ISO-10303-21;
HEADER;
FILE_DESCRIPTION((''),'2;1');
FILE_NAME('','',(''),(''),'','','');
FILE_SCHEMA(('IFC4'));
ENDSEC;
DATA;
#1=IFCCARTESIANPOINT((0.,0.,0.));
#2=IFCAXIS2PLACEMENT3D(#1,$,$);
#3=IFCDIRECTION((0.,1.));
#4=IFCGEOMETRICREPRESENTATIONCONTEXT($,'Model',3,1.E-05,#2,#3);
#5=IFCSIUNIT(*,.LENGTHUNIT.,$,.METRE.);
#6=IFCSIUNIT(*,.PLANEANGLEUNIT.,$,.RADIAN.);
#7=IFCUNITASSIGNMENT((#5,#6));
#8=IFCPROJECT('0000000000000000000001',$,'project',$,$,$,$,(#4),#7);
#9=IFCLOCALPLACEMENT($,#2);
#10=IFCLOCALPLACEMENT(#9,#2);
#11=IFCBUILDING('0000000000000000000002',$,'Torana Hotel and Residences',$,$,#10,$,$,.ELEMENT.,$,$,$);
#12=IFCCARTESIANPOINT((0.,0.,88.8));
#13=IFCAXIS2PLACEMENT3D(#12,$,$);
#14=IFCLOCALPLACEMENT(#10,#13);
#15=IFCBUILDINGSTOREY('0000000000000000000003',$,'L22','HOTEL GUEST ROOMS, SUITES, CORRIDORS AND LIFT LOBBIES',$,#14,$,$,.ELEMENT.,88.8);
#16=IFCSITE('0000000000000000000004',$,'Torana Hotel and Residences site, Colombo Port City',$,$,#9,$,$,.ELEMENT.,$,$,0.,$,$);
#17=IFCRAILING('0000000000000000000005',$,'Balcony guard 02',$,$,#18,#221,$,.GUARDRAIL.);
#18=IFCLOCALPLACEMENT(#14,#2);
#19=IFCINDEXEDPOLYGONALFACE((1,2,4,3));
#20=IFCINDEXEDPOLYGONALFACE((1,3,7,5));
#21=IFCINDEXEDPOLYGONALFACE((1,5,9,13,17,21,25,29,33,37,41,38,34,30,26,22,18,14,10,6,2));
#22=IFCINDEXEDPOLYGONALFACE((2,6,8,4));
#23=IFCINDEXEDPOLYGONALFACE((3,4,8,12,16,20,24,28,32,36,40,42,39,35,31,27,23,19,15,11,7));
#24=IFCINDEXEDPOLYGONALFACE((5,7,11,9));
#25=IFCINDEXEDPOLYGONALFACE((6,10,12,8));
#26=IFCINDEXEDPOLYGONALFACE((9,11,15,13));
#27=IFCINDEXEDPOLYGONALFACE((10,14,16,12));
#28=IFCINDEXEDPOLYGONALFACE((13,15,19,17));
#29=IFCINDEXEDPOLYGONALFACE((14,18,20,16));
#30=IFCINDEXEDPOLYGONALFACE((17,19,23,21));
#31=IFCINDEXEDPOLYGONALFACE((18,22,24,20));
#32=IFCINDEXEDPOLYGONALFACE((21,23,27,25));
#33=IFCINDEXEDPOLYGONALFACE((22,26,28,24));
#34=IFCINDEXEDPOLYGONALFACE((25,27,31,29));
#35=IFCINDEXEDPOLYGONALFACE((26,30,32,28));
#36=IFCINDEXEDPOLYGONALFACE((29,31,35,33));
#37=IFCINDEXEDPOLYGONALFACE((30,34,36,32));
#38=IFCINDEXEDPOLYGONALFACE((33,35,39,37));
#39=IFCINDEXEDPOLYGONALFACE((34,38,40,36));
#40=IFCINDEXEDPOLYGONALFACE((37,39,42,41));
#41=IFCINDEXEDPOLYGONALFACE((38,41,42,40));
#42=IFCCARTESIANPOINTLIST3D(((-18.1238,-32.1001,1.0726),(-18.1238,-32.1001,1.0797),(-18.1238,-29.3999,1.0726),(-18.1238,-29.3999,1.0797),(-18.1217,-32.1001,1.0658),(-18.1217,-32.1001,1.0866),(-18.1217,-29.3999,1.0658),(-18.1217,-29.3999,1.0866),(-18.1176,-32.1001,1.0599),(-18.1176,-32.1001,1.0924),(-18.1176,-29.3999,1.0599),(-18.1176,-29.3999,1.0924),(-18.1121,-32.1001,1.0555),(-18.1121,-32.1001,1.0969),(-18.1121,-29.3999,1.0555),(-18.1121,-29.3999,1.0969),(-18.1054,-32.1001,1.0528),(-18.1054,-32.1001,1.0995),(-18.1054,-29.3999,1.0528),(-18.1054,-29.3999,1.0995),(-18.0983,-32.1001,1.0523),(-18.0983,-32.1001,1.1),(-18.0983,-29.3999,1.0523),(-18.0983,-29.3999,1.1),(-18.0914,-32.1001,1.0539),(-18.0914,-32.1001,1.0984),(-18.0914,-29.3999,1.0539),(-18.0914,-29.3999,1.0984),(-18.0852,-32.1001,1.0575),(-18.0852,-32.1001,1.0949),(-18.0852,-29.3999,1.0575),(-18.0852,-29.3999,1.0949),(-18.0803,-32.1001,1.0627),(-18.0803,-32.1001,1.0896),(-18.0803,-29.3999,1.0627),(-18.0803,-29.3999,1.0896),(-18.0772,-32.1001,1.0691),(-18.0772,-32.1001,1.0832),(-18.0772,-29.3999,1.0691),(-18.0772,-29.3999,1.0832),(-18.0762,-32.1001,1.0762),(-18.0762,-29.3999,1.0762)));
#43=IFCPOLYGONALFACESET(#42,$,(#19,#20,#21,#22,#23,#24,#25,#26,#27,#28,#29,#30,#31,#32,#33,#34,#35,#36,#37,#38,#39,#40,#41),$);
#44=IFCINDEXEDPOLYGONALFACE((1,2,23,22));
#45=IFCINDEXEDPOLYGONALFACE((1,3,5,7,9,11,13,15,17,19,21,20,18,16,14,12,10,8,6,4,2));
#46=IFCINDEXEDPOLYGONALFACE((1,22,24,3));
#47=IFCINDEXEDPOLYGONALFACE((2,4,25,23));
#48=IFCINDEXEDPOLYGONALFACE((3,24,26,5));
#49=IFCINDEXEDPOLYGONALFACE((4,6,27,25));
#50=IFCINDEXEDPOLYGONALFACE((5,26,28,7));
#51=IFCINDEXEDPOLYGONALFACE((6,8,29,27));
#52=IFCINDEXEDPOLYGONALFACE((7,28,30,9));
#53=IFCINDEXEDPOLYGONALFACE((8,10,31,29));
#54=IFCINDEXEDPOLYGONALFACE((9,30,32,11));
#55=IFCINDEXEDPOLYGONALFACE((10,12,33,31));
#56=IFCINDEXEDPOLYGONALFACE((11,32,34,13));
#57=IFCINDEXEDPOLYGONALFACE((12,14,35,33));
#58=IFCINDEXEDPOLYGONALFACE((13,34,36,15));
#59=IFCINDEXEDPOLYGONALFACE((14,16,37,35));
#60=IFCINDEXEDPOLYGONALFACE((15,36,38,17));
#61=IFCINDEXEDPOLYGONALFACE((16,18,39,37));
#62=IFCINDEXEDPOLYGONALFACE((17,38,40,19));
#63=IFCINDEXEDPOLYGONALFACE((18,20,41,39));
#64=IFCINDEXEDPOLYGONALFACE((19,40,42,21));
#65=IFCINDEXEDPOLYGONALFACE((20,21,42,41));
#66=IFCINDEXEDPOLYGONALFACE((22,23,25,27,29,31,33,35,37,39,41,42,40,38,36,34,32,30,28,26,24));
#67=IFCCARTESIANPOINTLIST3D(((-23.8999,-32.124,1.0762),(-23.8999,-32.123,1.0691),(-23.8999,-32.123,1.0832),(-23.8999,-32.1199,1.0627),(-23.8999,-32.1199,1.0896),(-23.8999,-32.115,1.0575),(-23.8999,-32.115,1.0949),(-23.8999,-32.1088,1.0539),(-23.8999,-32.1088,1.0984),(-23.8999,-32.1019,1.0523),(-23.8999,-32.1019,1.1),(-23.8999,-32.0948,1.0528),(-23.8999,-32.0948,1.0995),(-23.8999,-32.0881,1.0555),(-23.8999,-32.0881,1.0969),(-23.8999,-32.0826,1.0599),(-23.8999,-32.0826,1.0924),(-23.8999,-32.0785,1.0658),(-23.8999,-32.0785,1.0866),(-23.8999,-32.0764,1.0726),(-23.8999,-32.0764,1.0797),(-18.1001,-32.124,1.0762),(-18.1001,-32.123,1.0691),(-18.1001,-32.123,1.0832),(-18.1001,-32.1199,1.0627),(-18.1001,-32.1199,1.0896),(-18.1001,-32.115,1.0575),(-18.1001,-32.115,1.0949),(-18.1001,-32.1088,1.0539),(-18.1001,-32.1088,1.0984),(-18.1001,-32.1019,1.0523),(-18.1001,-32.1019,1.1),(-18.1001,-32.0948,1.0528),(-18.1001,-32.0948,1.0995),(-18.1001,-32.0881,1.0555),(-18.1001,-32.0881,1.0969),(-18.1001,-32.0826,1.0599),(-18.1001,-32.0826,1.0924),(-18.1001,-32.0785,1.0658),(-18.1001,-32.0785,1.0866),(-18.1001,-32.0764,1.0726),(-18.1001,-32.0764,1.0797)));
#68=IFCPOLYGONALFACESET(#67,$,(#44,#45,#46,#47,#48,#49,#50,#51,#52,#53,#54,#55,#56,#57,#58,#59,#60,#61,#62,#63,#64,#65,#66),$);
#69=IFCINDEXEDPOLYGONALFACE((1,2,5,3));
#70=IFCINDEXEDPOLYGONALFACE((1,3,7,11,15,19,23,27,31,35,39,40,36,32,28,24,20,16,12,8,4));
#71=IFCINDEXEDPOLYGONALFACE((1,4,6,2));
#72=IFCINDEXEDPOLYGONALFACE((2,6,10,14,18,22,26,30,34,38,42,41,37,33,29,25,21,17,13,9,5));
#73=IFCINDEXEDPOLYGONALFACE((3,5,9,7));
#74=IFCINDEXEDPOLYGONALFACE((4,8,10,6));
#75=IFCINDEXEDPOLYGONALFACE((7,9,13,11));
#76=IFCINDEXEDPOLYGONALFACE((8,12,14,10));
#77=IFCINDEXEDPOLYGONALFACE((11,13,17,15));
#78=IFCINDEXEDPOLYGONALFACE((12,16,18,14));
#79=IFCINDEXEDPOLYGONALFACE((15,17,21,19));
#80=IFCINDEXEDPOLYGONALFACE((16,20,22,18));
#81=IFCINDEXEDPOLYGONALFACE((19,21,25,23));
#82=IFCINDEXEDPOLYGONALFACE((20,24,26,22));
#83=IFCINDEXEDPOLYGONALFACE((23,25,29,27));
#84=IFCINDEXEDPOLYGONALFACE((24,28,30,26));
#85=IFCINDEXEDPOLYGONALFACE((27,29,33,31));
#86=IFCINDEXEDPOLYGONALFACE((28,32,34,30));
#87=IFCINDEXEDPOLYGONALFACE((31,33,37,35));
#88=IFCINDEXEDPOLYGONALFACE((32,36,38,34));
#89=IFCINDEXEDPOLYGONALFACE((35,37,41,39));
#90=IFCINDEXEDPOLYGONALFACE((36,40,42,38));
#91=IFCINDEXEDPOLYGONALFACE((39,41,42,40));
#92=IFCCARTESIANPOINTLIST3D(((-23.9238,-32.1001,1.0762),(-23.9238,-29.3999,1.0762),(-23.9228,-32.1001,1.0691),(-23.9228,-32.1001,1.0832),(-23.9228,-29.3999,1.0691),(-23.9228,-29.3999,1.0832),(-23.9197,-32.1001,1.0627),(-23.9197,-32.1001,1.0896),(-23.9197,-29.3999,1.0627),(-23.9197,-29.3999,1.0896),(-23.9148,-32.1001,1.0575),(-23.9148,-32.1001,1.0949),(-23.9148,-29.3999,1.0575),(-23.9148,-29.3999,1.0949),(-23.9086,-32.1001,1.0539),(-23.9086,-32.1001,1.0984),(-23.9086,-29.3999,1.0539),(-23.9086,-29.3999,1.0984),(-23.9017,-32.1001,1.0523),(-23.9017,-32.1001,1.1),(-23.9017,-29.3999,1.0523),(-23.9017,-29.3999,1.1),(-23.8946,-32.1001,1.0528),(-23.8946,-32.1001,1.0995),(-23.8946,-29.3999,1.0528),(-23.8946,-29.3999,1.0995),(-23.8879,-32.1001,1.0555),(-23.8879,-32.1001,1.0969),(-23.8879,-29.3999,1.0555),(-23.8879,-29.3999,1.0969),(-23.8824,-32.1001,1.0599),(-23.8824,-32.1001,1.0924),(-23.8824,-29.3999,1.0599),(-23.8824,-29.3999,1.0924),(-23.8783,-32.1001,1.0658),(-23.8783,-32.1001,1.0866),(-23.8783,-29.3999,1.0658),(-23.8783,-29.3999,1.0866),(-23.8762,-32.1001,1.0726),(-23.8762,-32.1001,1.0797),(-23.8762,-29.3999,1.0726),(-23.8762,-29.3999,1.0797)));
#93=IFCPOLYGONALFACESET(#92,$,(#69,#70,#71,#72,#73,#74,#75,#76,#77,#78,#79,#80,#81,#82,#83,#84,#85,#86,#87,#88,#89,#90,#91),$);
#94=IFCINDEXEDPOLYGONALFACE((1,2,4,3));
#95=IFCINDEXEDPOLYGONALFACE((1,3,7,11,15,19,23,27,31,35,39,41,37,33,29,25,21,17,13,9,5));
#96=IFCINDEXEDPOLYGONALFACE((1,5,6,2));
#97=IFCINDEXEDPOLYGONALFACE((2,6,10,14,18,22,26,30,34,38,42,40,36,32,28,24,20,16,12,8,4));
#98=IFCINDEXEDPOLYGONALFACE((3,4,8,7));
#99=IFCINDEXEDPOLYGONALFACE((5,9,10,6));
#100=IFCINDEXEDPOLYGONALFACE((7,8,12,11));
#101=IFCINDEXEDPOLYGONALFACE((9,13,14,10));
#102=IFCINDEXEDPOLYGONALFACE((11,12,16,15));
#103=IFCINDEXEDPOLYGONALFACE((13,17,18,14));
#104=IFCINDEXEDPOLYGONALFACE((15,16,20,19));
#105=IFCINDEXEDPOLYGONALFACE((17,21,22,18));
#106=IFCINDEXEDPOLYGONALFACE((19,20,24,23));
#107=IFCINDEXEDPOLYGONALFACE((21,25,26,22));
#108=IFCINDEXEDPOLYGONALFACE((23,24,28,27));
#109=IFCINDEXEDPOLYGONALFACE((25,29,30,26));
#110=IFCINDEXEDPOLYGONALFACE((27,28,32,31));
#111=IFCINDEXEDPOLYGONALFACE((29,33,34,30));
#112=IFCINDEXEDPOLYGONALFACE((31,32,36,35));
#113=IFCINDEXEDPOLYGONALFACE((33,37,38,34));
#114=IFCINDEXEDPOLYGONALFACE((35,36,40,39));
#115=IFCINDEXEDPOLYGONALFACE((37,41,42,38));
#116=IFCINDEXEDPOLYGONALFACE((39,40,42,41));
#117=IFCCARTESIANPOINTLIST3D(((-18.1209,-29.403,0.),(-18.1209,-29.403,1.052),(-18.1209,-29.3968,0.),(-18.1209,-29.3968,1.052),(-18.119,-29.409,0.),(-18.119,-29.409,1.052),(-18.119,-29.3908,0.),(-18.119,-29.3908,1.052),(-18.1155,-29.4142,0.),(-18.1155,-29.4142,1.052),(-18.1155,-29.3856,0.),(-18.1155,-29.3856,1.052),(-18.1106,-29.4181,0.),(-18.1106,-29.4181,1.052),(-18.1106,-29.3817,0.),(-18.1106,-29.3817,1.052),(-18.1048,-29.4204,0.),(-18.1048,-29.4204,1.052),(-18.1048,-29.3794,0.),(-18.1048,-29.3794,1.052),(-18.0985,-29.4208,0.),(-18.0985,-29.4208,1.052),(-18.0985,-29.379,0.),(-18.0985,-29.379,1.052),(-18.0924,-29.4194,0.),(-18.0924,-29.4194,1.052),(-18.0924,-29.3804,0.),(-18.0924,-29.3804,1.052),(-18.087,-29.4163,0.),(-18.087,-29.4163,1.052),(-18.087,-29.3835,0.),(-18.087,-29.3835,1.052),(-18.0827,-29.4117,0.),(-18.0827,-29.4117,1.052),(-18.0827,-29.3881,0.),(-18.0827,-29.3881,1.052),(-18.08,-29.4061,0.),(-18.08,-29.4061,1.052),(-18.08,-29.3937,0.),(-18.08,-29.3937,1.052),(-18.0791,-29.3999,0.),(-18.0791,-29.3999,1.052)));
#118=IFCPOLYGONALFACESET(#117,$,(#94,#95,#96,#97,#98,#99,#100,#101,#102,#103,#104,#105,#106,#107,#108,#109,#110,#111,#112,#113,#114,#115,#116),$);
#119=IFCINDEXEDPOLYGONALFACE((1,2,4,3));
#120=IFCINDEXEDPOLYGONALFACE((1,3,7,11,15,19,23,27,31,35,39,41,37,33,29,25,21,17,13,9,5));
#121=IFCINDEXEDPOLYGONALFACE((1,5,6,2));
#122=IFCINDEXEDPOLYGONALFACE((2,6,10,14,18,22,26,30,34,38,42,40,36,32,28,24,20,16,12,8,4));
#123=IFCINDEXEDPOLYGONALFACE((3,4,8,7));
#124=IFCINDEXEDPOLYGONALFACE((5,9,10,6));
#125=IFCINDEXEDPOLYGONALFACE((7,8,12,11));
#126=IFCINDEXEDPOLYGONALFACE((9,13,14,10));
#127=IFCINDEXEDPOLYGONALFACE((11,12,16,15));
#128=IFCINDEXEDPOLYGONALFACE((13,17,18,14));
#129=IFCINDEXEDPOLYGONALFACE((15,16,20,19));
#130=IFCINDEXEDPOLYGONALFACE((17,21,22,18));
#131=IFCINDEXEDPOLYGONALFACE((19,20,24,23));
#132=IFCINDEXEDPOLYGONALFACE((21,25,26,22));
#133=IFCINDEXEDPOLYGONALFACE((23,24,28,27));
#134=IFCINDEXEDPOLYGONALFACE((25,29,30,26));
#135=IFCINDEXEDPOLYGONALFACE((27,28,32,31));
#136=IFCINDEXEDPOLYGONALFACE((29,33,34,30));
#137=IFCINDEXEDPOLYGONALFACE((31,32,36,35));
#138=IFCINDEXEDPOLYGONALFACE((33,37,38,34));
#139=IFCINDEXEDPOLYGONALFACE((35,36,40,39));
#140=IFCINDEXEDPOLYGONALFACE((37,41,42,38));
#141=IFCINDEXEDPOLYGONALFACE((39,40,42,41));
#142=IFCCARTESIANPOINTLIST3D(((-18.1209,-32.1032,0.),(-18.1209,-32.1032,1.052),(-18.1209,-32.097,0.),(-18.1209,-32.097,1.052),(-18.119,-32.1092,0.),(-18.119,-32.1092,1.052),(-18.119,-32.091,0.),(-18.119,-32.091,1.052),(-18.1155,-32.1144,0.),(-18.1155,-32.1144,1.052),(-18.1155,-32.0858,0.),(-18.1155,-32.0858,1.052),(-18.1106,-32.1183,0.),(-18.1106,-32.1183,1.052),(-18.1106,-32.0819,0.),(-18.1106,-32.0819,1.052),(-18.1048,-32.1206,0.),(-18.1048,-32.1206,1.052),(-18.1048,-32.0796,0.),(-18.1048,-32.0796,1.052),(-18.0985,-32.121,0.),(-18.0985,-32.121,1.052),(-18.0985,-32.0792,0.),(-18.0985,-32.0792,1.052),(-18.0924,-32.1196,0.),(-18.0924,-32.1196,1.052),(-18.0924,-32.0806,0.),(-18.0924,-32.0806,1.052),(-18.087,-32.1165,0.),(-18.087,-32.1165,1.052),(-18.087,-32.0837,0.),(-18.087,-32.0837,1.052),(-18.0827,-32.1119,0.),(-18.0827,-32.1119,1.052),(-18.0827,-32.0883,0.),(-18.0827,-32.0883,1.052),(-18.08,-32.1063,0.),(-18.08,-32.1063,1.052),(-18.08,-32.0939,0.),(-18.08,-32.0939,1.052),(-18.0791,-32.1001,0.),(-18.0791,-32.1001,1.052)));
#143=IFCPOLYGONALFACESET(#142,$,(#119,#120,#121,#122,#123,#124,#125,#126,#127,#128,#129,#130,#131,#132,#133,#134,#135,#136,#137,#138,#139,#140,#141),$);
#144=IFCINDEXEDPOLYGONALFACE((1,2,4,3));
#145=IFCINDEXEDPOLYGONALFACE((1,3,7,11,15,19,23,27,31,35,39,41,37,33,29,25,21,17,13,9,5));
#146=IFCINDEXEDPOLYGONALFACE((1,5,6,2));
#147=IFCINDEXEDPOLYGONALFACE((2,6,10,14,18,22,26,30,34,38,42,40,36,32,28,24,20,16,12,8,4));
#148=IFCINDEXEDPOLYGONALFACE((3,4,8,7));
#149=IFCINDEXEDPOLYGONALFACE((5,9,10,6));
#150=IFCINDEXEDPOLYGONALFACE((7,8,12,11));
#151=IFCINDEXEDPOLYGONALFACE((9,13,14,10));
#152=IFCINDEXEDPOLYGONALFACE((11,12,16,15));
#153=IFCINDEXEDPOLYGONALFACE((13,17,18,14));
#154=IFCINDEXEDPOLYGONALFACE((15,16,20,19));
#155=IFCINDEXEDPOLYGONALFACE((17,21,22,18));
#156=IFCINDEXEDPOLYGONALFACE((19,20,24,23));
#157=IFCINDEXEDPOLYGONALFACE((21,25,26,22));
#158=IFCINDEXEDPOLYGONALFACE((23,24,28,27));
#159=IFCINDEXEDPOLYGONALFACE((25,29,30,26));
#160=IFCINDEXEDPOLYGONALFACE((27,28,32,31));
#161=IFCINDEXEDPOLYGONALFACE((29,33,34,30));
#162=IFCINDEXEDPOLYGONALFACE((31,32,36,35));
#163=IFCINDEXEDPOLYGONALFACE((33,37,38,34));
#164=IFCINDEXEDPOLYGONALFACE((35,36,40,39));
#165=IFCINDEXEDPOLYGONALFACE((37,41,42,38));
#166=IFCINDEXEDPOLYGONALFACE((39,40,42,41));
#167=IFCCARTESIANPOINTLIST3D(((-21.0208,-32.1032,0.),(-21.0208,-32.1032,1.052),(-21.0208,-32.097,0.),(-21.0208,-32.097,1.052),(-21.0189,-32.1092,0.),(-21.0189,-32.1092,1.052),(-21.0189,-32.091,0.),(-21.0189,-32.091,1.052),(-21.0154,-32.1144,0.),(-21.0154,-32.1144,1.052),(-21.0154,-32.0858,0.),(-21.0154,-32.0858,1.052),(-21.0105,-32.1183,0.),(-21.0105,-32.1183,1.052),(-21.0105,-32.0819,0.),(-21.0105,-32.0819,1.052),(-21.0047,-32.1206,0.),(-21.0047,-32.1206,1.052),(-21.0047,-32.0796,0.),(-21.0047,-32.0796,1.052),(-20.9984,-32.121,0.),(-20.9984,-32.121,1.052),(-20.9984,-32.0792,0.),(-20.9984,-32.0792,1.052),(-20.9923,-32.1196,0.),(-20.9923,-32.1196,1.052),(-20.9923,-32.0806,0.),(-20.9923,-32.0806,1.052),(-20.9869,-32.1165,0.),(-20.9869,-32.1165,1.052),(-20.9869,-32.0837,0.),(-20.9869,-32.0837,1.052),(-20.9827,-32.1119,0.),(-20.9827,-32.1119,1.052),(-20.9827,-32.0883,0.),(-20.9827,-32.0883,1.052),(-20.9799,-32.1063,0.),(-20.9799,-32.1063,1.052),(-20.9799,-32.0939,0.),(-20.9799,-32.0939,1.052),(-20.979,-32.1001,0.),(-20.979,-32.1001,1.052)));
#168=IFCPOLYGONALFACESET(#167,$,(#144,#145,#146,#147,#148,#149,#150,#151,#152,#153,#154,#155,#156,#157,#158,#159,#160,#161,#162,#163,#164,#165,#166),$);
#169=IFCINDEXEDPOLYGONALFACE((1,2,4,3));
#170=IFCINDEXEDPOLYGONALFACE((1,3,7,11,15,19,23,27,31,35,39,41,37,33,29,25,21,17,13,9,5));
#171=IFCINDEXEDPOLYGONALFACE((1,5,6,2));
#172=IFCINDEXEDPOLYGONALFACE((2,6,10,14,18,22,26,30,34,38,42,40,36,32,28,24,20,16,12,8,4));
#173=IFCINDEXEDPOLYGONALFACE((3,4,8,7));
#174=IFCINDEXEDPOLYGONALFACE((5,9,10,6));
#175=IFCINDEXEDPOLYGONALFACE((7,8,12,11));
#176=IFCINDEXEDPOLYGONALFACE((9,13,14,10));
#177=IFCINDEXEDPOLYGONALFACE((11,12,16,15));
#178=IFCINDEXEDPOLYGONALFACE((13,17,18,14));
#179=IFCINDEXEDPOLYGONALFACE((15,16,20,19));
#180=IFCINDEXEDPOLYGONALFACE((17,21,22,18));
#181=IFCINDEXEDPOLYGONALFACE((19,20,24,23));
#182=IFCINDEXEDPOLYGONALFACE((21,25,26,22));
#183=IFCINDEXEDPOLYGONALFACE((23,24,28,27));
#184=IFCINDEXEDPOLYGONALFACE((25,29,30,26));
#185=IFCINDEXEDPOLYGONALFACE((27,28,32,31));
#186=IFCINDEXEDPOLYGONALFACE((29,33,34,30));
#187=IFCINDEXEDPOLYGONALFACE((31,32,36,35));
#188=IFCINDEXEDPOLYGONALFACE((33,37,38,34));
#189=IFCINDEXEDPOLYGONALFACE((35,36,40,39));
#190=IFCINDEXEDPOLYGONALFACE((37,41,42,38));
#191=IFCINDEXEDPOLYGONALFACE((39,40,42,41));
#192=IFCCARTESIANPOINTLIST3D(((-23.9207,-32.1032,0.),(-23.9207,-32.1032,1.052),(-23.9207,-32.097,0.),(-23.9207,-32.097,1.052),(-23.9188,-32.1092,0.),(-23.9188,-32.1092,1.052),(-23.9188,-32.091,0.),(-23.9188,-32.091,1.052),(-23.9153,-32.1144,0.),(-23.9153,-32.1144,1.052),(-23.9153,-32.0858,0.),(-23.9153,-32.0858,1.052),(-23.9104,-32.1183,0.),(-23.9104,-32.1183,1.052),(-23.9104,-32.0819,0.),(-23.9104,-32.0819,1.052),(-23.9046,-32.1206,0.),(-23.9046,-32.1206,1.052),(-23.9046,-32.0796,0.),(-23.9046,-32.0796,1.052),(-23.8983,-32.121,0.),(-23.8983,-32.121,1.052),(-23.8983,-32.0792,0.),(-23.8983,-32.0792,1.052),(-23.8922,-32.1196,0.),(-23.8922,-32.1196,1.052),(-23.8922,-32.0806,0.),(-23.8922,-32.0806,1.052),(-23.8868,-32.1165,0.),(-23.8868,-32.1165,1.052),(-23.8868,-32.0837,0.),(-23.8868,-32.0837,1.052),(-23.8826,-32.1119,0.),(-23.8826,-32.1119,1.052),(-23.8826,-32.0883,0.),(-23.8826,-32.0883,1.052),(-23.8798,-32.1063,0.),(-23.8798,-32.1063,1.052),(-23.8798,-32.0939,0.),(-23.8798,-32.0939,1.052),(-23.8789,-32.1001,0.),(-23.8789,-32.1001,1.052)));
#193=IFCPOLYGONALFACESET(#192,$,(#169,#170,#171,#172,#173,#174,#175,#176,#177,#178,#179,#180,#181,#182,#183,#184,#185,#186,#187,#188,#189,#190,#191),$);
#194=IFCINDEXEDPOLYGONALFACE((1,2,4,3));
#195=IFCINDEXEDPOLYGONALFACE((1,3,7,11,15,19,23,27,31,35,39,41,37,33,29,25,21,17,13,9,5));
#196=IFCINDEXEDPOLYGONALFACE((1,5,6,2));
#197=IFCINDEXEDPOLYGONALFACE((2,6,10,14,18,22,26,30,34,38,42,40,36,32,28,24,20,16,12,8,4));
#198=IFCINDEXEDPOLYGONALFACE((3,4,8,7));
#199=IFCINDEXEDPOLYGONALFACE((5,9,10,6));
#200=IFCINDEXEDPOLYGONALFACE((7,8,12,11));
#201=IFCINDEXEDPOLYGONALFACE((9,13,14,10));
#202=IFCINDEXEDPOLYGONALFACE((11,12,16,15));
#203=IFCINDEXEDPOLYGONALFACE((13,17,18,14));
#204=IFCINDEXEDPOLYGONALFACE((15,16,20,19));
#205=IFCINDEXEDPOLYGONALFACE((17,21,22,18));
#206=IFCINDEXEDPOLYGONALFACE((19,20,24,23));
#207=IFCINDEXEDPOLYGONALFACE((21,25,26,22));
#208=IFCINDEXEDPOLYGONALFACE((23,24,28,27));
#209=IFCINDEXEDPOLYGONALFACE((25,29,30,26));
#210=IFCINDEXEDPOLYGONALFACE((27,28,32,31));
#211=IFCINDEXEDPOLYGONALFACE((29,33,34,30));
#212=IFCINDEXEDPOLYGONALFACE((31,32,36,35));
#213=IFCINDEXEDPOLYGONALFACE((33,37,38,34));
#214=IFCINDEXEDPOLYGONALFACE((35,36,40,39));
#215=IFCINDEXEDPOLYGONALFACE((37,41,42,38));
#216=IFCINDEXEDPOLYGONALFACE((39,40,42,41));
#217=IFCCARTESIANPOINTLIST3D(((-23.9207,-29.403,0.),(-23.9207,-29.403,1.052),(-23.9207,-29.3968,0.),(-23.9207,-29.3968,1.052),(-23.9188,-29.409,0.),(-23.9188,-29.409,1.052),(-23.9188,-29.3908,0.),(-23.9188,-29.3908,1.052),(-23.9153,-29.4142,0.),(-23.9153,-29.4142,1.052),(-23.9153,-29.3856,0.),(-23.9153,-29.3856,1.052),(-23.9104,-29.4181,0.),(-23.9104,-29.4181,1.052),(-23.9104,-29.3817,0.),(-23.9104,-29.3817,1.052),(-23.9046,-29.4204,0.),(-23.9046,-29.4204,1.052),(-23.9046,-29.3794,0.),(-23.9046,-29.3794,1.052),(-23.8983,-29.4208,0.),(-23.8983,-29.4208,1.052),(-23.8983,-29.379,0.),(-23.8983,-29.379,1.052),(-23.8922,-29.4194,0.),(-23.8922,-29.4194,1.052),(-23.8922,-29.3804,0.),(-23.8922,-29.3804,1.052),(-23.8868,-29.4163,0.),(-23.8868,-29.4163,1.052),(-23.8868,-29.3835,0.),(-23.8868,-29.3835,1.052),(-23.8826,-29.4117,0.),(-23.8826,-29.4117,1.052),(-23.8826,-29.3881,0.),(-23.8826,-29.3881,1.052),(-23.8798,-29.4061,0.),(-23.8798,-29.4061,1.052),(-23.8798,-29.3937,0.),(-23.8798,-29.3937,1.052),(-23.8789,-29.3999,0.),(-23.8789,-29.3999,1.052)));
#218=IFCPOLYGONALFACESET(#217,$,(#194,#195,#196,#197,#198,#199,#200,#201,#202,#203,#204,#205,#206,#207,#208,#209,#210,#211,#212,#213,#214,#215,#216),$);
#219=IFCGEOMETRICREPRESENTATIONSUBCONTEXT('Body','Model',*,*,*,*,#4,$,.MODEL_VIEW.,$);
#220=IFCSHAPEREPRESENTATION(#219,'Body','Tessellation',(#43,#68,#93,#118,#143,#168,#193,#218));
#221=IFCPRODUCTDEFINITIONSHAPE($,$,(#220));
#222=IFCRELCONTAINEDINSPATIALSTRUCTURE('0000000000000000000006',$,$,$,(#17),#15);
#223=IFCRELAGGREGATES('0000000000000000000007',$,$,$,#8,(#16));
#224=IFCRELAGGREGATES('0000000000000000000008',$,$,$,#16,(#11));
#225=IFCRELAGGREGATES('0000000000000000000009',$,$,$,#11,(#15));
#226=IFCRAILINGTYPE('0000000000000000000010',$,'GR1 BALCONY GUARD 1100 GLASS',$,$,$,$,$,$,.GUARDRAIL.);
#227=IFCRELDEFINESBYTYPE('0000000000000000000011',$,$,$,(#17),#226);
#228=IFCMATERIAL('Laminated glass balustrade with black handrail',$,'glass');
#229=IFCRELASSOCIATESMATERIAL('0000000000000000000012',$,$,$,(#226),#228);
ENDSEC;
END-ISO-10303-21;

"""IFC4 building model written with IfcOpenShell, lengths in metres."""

from ifc_helpers import new_model, si_unit, direction, frame, origin, origin_2d, place, context, subcontext, project, spatial, circle, extrude, material, type_object, element, save


model = new_model("IFC4")

# Units and contexts
model_context = context("Model", 3, precision=1e-05, world=origin(), true_north=direction((0.0, 1.0)))
body_context = subcontext(model_context, "Body", "Model", "MODEL_VIEW")
ifc_project = project(units=[si_unit("LENGTHUNIT", "METRE"), si_unit("PLANEANGLEUNIT", "RADIAN")], contexts=[model_context])

# Site, building, storey
site_placement = place(None, origin())
site = spatial("IfcSite", under=ifc_project, at=site_placement, Name="Torana Hotel and Residences site, Colombo Port City", CompositionType="ELEMENT", RefElevation=0.0)
building_placement = place(site_placement, origin())
building = spatial("IfcBuilding", under=site, at=building_placement, Name="Torana Hotel and Residences", CompositionType="ELEMENT")
storey_placement = place(building_placement, frame((0.0, 0.0, 88.8)))
storey = spatial("IfcBuildingStorey", under=building, at=storey_placement, Name="L22", Description="HOTEL GUEST ROOMS, SUITES, CORRIDORS AND LIFT LOBBIES", CompositionType="ELEMENT", Elevation=88.8)

# Railing
ifc_material_1 = material(Name="Laminated glass balustrade with black handrail", Category="glass")
railing_type = type_object("IfcRailingType", Name="GR1 BALCONY GUARD 1100 GLASS", PredefinedType="GUARDRAIL", material=ifc_material_1)
railing_placement = place(storey_placement, frame((-18.1001, -29.3999, 0.0)))
element("IfcRailing", 1, at=railing_placement, inside=storey, type_object=railing_type, Name="Balcony guard 02", PredefinedType="GUARDRAIL", context=body_context, shape_type="SweptSolid", body=[
    extrude(circle(Radius=0.0239, at=origin_2d()), frame((0.0, 0.0, 1.0762), z_axis=(0.0, -1.0, 0.0), x_axis=(1.0, 0.0, 0.0)), (0.0, 0.0, 1.0), 2.7002),
    extrude(circle(Radius=0.0239, at=origin_2d()), frame((0.0, -2.7002, 1.0762), z_axis=(-1.0, 0.0, 0.0), x_axis=(0.0, -1.0, 0.0)), (0.0, 0.0, 1.0), 5.7998),
    extrude(circle(Radius=0.0239, at=origin_2d()), frame((-5.7998, -2.7002, 1.0762), z_axis=(0.0, 1.0, 0.0), x_axis=(-1.0, 0.0, 0.0)), (0.0, 0.0, 1.0), 2.7002),
    extrude(circle(Radius=0.021, at=origin_2d()), origin(), (0.0, 0.0, 1.0), 1.052),
    extrude(circle(Radius=0.021, at=origin_2d()), frame((0.0, -2.7002, 0.0)), (0.0, 0.0, 1.0), 1.052),
    extrude(circle(Radius=0.021, at=origin_2d()), frame((-2.8999, -2.7002, 0.0)), (0.0, 0.0, 1.0), 1.052),
    extrude(circle(Radius=0.021, at=origin_2d()), frame((-5.7998, -2.7002, 0.0)), (0.0, 0.0, 1.0), 1.052),
    extrude(circle(Radius=0.021, at=origin_2d()), frame((-5.7998, 0.0, 0.0)), (0.0, 0.0, 1.0), 1.052),
])

save(model, "model.ifc")
